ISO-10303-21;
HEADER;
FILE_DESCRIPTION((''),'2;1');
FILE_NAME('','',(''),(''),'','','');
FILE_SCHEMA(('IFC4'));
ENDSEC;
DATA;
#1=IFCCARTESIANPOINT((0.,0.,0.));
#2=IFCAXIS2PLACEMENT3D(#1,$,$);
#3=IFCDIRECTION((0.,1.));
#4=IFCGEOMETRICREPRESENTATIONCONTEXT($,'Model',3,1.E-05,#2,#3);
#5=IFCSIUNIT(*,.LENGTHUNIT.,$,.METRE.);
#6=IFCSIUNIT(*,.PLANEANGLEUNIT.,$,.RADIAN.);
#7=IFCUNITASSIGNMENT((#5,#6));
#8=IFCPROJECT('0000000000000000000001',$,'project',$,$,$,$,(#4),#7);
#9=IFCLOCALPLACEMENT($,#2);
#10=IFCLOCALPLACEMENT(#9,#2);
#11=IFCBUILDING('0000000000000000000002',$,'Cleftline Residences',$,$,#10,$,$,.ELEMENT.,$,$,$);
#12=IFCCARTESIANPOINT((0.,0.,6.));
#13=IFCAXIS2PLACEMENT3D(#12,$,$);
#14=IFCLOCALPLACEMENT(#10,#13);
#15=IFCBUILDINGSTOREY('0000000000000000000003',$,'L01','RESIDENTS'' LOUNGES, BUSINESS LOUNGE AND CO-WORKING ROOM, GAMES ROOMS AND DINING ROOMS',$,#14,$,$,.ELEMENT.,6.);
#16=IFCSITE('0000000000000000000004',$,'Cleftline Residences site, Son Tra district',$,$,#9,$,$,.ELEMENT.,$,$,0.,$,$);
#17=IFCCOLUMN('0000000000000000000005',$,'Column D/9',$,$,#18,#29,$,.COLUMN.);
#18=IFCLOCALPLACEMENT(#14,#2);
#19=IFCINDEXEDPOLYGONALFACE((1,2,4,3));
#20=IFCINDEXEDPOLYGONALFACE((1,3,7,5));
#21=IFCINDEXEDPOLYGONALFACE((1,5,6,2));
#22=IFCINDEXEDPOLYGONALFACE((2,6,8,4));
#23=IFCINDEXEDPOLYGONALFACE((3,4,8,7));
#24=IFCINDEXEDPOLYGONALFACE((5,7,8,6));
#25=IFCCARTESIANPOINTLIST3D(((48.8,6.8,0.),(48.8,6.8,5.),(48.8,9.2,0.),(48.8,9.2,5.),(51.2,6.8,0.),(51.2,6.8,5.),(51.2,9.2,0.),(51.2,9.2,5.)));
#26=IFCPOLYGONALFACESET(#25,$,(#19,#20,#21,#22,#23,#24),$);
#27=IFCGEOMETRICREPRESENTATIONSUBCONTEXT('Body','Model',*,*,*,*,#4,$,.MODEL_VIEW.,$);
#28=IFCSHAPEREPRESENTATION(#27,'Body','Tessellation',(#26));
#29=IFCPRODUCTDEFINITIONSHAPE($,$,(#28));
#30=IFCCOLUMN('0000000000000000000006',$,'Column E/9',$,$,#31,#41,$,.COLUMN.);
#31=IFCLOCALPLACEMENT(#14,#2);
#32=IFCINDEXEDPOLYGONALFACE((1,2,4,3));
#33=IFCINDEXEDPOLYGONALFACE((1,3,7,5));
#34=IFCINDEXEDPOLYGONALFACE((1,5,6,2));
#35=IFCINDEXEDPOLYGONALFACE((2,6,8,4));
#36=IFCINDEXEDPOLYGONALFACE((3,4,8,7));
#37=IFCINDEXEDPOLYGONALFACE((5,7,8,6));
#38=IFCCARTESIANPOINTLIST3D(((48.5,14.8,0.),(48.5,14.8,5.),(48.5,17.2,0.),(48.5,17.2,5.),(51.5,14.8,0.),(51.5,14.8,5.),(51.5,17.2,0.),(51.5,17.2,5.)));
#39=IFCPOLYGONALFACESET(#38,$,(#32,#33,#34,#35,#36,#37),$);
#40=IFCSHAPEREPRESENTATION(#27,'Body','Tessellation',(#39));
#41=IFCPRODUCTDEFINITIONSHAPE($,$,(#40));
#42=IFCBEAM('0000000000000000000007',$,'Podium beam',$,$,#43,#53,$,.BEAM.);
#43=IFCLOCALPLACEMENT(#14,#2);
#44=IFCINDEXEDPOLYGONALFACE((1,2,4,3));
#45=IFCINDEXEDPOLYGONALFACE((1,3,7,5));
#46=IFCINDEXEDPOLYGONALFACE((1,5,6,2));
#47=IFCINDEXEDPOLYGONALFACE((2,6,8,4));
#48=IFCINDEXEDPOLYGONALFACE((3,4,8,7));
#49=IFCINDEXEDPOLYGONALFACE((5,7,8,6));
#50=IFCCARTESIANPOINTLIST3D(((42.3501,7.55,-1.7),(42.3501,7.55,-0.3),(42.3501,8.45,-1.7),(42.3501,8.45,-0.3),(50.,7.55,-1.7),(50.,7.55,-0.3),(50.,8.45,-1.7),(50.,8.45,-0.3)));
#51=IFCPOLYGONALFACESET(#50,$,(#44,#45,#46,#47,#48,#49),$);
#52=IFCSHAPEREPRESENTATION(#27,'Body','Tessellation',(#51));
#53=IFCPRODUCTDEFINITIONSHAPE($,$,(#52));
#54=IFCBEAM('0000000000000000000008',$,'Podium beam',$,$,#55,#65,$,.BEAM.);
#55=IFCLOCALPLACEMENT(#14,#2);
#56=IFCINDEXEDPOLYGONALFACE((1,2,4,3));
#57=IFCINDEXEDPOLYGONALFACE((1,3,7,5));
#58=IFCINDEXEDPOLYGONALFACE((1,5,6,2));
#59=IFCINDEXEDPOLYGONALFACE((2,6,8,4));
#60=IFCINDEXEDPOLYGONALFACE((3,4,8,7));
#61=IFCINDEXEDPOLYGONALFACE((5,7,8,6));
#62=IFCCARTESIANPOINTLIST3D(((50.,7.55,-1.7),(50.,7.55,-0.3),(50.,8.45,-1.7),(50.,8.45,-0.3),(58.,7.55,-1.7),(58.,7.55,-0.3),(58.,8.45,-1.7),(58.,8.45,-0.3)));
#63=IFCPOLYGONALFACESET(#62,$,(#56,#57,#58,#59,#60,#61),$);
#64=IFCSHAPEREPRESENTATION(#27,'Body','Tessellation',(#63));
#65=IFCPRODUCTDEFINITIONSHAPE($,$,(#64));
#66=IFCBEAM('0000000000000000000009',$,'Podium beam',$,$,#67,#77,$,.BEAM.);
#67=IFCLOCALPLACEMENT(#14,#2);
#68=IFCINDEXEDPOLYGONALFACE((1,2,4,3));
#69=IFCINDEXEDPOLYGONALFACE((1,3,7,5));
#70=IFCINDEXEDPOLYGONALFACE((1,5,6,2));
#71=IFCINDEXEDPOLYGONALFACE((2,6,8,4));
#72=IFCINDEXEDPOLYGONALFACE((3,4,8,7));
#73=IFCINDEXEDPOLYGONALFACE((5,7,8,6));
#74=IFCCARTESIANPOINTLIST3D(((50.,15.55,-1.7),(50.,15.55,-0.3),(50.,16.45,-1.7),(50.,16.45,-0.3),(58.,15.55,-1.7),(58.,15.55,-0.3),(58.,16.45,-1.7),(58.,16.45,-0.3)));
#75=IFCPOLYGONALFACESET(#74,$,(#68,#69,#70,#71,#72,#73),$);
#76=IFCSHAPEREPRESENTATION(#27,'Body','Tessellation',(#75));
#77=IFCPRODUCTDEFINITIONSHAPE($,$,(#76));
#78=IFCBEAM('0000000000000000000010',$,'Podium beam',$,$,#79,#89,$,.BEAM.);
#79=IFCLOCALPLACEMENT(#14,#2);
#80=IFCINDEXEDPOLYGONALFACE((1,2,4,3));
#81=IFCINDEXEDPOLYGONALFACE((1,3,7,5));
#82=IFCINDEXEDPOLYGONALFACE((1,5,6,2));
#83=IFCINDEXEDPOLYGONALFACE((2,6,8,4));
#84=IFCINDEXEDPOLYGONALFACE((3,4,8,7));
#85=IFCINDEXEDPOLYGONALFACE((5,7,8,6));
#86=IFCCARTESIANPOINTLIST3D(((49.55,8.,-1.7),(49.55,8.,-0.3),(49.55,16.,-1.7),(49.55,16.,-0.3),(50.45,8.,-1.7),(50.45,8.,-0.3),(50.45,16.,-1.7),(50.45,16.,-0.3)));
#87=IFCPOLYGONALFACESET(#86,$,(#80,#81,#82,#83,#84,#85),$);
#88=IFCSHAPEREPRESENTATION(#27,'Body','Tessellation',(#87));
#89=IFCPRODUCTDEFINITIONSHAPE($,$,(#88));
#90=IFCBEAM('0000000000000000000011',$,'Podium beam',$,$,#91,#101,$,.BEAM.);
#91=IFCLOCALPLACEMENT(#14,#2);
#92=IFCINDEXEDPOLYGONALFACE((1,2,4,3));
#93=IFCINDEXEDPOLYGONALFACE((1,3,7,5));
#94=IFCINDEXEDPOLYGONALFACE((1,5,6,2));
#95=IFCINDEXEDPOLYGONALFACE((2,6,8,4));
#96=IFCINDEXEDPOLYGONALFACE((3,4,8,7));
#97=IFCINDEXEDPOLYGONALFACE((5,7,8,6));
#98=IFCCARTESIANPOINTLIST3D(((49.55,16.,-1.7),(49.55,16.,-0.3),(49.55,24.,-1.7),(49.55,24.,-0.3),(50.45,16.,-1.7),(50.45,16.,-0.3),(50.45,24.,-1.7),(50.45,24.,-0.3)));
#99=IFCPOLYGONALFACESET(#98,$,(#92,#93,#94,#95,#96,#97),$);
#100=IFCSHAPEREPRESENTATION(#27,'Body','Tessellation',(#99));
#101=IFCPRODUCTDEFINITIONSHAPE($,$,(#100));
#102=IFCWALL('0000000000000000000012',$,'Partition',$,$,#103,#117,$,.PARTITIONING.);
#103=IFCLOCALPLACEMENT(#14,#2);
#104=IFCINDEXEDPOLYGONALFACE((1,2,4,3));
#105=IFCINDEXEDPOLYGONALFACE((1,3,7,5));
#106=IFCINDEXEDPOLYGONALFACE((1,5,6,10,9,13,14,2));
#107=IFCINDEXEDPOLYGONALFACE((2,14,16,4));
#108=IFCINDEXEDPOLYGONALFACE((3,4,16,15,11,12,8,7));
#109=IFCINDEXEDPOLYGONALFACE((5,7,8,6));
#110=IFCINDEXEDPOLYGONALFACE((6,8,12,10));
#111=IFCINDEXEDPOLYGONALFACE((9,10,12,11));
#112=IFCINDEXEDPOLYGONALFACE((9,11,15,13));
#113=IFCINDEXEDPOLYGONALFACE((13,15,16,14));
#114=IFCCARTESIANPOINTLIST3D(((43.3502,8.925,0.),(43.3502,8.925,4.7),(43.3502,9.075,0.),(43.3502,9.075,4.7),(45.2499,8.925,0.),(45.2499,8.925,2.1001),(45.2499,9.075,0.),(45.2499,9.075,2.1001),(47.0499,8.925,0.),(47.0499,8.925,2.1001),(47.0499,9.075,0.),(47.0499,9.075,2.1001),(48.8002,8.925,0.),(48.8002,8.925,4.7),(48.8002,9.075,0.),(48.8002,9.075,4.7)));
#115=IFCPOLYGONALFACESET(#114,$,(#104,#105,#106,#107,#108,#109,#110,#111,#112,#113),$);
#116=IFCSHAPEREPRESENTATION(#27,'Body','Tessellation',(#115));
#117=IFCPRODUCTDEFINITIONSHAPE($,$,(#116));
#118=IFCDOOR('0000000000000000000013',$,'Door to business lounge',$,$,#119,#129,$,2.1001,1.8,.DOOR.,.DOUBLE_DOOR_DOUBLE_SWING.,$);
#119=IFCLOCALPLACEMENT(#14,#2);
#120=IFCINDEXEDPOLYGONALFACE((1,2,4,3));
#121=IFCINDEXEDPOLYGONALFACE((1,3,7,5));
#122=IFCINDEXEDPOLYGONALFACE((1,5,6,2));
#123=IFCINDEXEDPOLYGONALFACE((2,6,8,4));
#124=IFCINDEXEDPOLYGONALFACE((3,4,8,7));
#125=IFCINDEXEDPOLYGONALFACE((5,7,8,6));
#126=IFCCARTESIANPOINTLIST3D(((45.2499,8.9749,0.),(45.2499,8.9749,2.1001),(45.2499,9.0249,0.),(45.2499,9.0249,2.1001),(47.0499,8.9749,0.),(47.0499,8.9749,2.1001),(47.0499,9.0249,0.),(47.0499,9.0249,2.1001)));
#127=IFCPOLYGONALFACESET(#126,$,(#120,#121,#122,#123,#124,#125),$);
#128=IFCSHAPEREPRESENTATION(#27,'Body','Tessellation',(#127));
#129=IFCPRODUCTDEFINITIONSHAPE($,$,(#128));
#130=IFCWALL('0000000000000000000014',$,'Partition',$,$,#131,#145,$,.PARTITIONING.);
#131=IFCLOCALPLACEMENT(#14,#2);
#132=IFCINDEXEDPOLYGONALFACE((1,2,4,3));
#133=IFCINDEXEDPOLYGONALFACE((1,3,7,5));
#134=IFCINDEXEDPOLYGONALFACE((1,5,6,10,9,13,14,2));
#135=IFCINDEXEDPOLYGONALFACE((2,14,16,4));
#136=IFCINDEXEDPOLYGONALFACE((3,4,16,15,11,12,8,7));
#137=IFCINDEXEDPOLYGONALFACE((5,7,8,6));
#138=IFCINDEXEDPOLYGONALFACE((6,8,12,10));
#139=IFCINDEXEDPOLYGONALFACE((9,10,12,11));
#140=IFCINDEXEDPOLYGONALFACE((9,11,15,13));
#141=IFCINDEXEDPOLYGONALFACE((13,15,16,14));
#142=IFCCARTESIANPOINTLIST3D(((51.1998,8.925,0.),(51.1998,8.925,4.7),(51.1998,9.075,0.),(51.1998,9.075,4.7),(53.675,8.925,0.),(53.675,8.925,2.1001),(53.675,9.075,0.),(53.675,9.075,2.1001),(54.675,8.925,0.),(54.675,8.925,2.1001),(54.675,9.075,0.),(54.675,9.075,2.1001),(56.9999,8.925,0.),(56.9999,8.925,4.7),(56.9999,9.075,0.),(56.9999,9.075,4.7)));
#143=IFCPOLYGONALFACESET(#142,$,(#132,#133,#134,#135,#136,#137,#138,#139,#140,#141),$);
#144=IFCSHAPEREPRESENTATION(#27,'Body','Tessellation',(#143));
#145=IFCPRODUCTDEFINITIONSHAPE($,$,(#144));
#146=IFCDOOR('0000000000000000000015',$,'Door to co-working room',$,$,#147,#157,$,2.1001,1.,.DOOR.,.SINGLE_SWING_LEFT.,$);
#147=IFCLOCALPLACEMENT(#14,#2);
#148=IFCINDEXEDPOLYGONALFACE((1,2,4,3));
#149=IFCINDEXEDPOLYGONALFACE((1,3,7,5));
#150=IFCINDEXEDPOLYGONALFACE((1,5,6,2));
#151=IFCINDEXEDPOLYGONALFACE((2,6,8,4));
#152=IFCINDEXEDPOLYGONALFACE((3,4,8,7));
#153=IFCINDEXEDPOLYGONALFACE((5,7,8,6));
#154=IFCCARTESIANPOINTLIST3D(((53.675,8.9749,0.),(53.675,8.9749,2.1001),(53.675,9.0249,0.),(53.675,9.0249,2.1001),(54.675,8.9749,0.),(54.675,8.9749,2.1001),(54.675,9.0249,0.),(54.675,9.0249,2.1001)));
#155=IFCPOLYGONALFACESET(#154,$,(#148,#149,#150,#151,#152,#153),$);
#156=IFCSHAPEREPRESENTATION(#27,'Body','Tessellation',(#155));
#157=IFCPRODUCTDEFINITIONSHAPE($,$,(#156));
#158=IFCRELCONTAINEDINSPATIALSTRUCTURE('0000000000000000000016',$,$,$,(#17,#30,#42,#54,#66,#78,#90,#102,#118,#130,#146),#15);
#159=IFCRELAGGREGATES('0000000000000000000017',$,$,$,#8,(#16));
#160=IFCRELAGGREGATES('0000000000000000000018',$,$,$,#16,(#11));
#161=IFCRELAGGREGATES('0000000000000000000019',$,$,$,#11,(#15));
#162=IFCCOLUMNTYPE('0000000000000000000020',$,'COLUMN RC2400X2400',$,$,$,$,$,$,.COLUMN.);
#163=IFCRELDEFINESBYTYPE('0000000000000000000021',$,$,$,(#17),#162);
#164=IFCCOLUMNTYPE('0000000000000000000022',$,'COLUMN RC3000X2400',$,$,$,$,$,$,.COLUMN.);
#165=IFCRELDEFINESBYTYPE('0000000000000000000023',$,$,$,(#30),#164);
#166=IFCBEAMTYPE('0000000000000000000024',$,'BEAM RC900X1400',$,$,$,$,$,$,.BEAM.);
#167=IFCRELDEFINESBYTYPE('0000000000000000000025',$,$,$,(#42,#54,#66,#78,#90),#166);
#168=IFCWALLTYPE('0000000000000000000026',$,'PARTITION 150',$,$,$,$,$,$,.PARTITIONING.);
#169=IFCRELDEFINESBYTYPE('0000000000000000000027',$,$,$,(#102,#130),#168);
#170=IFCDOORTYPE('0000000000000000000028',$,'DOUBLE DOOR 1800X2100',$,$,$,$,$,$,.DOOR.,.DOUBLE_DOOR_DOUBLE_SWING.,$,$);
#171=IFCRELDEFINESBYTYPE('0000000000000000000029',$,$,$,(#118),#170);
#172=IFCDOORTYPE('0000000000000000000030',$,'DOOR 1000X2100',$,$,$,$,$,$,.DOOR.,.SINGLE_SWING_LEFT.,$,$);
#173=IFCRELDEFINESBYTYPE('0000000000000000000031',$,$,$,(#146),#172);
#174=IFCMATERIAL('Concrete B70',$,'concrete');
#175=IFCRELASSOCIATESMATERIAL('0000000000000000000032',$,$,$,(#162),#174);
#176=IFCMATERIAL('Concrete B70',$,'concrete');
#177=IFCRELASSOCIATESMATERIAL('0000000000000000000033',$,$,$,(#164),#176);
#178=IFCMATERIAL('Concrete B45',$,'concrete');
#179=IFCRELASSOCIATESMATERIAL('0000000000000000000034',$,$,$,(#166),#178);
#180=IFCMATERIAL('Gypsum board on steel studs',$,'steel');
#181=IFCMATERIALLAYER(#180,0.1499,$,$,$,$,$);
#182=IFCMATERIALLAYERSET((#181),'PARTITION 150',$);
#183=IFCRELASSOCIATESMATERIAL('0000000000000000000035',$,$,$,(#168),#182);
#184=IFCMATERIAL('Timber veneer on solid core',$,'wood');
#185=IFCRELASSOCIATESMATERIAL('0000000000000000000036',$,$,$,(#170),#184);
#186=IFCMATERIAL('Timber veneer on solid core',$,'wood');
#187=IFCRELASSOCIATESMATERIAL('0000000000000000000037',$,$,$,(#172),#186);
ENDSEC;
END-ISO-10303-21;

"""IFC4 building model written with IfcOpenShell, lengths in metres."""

from ifc_helpers import new_model, si_unit, direction, frame, frame_2d, origin, origin_2d, place, context, subcontext, project, spatial, rectangle, extrude, material, layer, layer_set, material_profile, profile_set, type_object, element, fill, save


model = new_model("IFC4")

# Units and contexts
model_context = context("Model", 3, precision=1e-05, world=origin(), true_north=direction((0.0, 1.0)))
body_context = subcontext(model_context, "Body", "Model", "MODEL_VIEW")
ifc_project = project(units=[si_unit("LENGTHUNIT", "METRE"), si_unit("PLANEANGLEUNIT", "RADIAN")], contexts=[model_context])

# Site, building, storey
site_placement = place(None, origin())
site = spatial("IfcSite", under=ifc_project, at=site_placement, Name="Cleftline Residences site, Son Tra district", CompositionType="ELEMENT", RefElevation=0.0)
building_placement = place(site_placement, origin())
building = spatial("IfcBuilding", under=site, at=building_placement, Name="Cleftline Residences", CompositionType="ELEMENT")
storey_placement = place(building_placement, frame((0.0, 0.0, 6.0)))
storey = spatial("IfcBuildingStorey", under=building, at=storey_placement, Name="L01", Description="RESIDENTS' LOUNGES, BUSINESS LOUNGE AND CO-WORKING ROOM, GAMES ROOMS AND DINING ROOMS", CompositionType="ELEMENT", Elevation=6.0)

# Columns
ifc_material_1 = material(Name="Concrete B70", Category="concrete")
ifc_material_profile_1 = material_profile(ifc_material_1, rectangle(XDim=2.3999, YDim=2.3999, at=origin_2d()))
ifc_profile_set_1 = profile_set([ifc_material_profile_1], Name="Concrete B70")
column_type_1 = type_object("IfcColumnType", Name="COLUMN RC2400X2400", PredefinedType="COLUMN", material=ifc_profile_set_1)
column_1_placement = place(storey_placement, frame((50.0, 8.0, 0.0), z_axis=(0.0, 0.0, 1.0), x_axis=(1.0, 0.0, 0.0)))
element("IfcColumn", 1, at=column_1_placement, inside=storey, type_object=column_type_1, Name="Column D/9", PredefinedType="COLUMN", context=body_context, shape_type="SweptSolid", body=[
    extrude(rectangle(XDim=2.3999, YDim=2.3999, at=origin_2d()), origin(), (0.0, 0.0, 1.0), 5.0),
])
ifc_material_2 = material(Name="Concrete B70", Category="concrete")
ifc_material_profile_2 = material_profile(ifc_material_2, rectangle(XDim=3.0, YDim=2.3999, at=origin_2d()))
ifc_profile_set_2 = profile_set([ifc_material_profile_2], Name="Concrete B70")
column_type_2 = type_object("IfcColumnType", Name="COLUMN RC3000X2400", PredefinedType="COLUMN", material=ifc_profile_set_2)
column_2_placement = place(storey_placement, frame((50.0, 16.0, 0.0), z_axis=(0.0, 0.0, 1.0), x_axis=(1.0, 0.0, 0.0)))
element("IfcColumn", 2, at=column_2_placement, inside=storey, type_object=column_type_2, Name="Column E/9", PredefinedType="COLUMN", context=body_context, shape_type="SweptSolid", body=[
    extrude(rectangle(XDim=3.0, YDim=2.3999, at=origin_2d()), origin(), (0.0, 0.0, 1.0), 5.0),
])

# Beams
ifc_material_3 = material(Name="Concrete B45", Category="concrete")
ifc_material_profile_3 = material_profile(ifc_material_3, rectangle(XDim=0.8999, YDim=1.3999, at=origin_2d()))
ifc_profile_set_3 = profile_set([ifc_material_profile_3], Name="Concrete B45")
beam_type = type_object("IfcBeamType", Name="BEAM RC900X1400", PredefinedType="BEAM", material=ifc_profile_set_3)
beam_placement = place(storey_placement, frame((42.3501, 8.0, -1.0), z_axis=(1.0, 0.0, 0.0), x_axis=(0.0, 1.0, 0.0)))
element("IfcBeam", 3, at=beam_placement, inside=storey, type_object=beam_type, Name="Podium beam", PredefinedType="BEAM", context=body_context, shape_type="SweptSolid", body=[
    extrude(rectangle(XDim=0.8999, YDim=1.3999, at=origin_2d()), origin(), (0.0, 0.0, 1.0), 7.6499),
])
for number, where, z_axis, x_axis, name in (
    (4, (50.0, 8.0, -1.0), (1.0, 0.0, 0.0), (0.0, 1.0, 0.0), "Podium beam"),
    (5, (50.0, 16.0, -1.0), (1.0, 0.0, 0.0), (0.0, 1.0, 0.0), "Podium beam"),
    (6, (50.0, 8.0, -1.0), (0.0, 1.0, 0.0), (-1.0, 0.0, 0.0), "Podium beam"),
    (7, (50.0, 16.0, -1.0), (0.0, 1.0, 0.0), (-1.0, 0.0, 0.0), "Podium beam"),
):
    element("IfcBeam", number, at=place(storey_placement, frame(where, z_axis=z_axis, x_axis=x_axis)), inside=storey, type_object=beam_type, Name=name, PredefinedType="BEAM", context=body_context, shape_type="SweptSolid", body=[
        extrude(rectangle(XDim=0.8999, YDim=1.3999, at=origin_2d()), origin(), (0.0, 0.0, 1.0), 8.0),
    ])

# Walls, openings, doors
ifc_material_4 = material(Name="Gypsum board on steel studs", Category="steel")
ifc_layer = layer(ifc_material_4, 0.1499)
ifc_layer_set = layer_set([ifc_layer], Name="PARTITION 150")
wall_type = type_object("IfcWallType", Name="PARTITION 150", PredefinedType="PARTITIONING", material=ifc_layer_set)
wall_1_placement = place(storey_placement, frame((43.3501, 9.0, 0.0), z_axis=(0.0, 0.0, 1.0), x_axis=(1.0, 0.0, 0.0)))
wall_1 = element("IfcWall", 8, at=wall_1_placement, inside=storey, type_object=wall_type, Name="Partition", PredefinedType="PARTITIONING", context=body_context, shape_type="SweptSolid", body=[
    extrude(rectangle(XDim=5.45, YDim=0.1499, at=frame_2d((2.7251, 0.0))), origin(), (0.0, 0.0, 1.0), 4.7),
])
opening_1_placement = place(wall_1_placement, frame((1.8999, 0.0, 0.0)))
opening_1 = element("IfcOpeningElement", 9, at=opening_1_placement, cuts=wall_1, PredefinedType="OPENING", context=body_context, shape_type="SweptSolid", body=[
    extrude(rectangle(XDim=1.8, YDim=2.1001, at=frame_2d((0.8999, 1.05))), frame((0.0, 0.085, 0.0), z_axis=(0.0, -1.0, 0.0), x_axis=(1.0, 0.0, 0.0)), (0.0, 0.0, 1.0), 0.1699),
])
ifc_material_5 = material(Name="Timber veneer on solid core", Category="wood")
door_type_1 = type_object("IfcDoorType", Name="DOUBLE DOOR 1800X2100", OperationType="DOUBLE_DOOR_DOUBLE_SWING", PredefinedType="DOOR", material=ifc_material_5)
door_1_placement = place(opening_1_placement, origin())
door_1 = element("IfcDoor", 10, at=door_1_placement, inside=storey, type_object=door_type_1, Name="Door to business lounge", OperationType="DOUBLE_DOOR_DOUBLE_SWING", OverallHeight=2.1001, OverallWidth=1.8, PredefinedType="DOOR", context=body_context, shape_type="SweptSolid", body=[
    extrude(rectangle(XDim=1.8, YDim=2.1001, at=frame_2d((0.8999, 1.05))), frame((0.0, 0.0249, 0.0), z_axis=(0.0, -1.0, 0.0), x_axis=(1.0, 0.0, 0.0)), (0.0, 0.0, 1.0), 0.05),
])
fill(opening_1, door_1)
wall_2_placement = place(storey_placement, frame((51.2, 9.0, 0.0), z_axis=(0.0, 0.0, 1.0), x_axis=(1.0, 0.0, 0.0)))
wall_2 = element("IfcWall", 11, at=wall_2_placement, inside=storey, type_object=wall_type, Name="Partition", PredefinedType="PARTITIONING", context=body_context, shape_type="SweptSolid", body=[
    extrude(rectangle(XDim=5.8, YDim=0.1499, at=frame_2d((2.8999, 0.0))), origin(), (0.0, 0.0, 1.0), 4.7),
])
opening_2_placement = place(wall_2_placement, frame((2.4751, 0.0, 0.0)))
opening_2 = element("IfcOpeningElement", 12, at=opening_2_placement, cuts=wall_2, PredefinedType="OPENING", context=body_context, shape_type="SweptSolid", body=[
    extrude(rectangle(XDim=1.0, YDim=2.1001, at=frame_2d((0.5, 1.05))), frame((0.0, 0.085, 0.0), z_axis=(0.0, -1.0, 0.0), x_axis=(1.0, 0.0, 0.0)), (0.0, 0.0, 1.0), 0.1699),
])
ifc_material_6 = material(Name="Timber veneer on solid core", Category="wood")
door_type_2 = type_object("IfcDoorType", Name="DOOR 1000X2100", OperationType="SINGLE_SWING_LEFT", PredefinedType="DOOR", material=ifc_material_6)
door_2_placement = place(opening_2_placement, origin())
door_2 = element("IfcDoor", 13, at=door_2_placement, inside=storey, type_object=door_type_2, Name="Door to co-working room", OperationType="SINGLE_SWING_LEFT", OverallHeight=2.1001, OverallWidth=1.0, PredefinedType="DOOR", context=body_context, shape_type="SweptSolid", body=[
    extrude(rectangle(XDim=1.0, YDim=2.1001, at=frame_2d((0.5, 1.05))), frame((0.0, 0.0249, 0.0), z_axis=(0.0, -1.0, 0.0), x_axis=(1.0, 0.0, 0.0)), (0.0, 0.0, 1.0), 0.05),
])
fill(opening_2, door_2)

save(model, "model.ifc")
